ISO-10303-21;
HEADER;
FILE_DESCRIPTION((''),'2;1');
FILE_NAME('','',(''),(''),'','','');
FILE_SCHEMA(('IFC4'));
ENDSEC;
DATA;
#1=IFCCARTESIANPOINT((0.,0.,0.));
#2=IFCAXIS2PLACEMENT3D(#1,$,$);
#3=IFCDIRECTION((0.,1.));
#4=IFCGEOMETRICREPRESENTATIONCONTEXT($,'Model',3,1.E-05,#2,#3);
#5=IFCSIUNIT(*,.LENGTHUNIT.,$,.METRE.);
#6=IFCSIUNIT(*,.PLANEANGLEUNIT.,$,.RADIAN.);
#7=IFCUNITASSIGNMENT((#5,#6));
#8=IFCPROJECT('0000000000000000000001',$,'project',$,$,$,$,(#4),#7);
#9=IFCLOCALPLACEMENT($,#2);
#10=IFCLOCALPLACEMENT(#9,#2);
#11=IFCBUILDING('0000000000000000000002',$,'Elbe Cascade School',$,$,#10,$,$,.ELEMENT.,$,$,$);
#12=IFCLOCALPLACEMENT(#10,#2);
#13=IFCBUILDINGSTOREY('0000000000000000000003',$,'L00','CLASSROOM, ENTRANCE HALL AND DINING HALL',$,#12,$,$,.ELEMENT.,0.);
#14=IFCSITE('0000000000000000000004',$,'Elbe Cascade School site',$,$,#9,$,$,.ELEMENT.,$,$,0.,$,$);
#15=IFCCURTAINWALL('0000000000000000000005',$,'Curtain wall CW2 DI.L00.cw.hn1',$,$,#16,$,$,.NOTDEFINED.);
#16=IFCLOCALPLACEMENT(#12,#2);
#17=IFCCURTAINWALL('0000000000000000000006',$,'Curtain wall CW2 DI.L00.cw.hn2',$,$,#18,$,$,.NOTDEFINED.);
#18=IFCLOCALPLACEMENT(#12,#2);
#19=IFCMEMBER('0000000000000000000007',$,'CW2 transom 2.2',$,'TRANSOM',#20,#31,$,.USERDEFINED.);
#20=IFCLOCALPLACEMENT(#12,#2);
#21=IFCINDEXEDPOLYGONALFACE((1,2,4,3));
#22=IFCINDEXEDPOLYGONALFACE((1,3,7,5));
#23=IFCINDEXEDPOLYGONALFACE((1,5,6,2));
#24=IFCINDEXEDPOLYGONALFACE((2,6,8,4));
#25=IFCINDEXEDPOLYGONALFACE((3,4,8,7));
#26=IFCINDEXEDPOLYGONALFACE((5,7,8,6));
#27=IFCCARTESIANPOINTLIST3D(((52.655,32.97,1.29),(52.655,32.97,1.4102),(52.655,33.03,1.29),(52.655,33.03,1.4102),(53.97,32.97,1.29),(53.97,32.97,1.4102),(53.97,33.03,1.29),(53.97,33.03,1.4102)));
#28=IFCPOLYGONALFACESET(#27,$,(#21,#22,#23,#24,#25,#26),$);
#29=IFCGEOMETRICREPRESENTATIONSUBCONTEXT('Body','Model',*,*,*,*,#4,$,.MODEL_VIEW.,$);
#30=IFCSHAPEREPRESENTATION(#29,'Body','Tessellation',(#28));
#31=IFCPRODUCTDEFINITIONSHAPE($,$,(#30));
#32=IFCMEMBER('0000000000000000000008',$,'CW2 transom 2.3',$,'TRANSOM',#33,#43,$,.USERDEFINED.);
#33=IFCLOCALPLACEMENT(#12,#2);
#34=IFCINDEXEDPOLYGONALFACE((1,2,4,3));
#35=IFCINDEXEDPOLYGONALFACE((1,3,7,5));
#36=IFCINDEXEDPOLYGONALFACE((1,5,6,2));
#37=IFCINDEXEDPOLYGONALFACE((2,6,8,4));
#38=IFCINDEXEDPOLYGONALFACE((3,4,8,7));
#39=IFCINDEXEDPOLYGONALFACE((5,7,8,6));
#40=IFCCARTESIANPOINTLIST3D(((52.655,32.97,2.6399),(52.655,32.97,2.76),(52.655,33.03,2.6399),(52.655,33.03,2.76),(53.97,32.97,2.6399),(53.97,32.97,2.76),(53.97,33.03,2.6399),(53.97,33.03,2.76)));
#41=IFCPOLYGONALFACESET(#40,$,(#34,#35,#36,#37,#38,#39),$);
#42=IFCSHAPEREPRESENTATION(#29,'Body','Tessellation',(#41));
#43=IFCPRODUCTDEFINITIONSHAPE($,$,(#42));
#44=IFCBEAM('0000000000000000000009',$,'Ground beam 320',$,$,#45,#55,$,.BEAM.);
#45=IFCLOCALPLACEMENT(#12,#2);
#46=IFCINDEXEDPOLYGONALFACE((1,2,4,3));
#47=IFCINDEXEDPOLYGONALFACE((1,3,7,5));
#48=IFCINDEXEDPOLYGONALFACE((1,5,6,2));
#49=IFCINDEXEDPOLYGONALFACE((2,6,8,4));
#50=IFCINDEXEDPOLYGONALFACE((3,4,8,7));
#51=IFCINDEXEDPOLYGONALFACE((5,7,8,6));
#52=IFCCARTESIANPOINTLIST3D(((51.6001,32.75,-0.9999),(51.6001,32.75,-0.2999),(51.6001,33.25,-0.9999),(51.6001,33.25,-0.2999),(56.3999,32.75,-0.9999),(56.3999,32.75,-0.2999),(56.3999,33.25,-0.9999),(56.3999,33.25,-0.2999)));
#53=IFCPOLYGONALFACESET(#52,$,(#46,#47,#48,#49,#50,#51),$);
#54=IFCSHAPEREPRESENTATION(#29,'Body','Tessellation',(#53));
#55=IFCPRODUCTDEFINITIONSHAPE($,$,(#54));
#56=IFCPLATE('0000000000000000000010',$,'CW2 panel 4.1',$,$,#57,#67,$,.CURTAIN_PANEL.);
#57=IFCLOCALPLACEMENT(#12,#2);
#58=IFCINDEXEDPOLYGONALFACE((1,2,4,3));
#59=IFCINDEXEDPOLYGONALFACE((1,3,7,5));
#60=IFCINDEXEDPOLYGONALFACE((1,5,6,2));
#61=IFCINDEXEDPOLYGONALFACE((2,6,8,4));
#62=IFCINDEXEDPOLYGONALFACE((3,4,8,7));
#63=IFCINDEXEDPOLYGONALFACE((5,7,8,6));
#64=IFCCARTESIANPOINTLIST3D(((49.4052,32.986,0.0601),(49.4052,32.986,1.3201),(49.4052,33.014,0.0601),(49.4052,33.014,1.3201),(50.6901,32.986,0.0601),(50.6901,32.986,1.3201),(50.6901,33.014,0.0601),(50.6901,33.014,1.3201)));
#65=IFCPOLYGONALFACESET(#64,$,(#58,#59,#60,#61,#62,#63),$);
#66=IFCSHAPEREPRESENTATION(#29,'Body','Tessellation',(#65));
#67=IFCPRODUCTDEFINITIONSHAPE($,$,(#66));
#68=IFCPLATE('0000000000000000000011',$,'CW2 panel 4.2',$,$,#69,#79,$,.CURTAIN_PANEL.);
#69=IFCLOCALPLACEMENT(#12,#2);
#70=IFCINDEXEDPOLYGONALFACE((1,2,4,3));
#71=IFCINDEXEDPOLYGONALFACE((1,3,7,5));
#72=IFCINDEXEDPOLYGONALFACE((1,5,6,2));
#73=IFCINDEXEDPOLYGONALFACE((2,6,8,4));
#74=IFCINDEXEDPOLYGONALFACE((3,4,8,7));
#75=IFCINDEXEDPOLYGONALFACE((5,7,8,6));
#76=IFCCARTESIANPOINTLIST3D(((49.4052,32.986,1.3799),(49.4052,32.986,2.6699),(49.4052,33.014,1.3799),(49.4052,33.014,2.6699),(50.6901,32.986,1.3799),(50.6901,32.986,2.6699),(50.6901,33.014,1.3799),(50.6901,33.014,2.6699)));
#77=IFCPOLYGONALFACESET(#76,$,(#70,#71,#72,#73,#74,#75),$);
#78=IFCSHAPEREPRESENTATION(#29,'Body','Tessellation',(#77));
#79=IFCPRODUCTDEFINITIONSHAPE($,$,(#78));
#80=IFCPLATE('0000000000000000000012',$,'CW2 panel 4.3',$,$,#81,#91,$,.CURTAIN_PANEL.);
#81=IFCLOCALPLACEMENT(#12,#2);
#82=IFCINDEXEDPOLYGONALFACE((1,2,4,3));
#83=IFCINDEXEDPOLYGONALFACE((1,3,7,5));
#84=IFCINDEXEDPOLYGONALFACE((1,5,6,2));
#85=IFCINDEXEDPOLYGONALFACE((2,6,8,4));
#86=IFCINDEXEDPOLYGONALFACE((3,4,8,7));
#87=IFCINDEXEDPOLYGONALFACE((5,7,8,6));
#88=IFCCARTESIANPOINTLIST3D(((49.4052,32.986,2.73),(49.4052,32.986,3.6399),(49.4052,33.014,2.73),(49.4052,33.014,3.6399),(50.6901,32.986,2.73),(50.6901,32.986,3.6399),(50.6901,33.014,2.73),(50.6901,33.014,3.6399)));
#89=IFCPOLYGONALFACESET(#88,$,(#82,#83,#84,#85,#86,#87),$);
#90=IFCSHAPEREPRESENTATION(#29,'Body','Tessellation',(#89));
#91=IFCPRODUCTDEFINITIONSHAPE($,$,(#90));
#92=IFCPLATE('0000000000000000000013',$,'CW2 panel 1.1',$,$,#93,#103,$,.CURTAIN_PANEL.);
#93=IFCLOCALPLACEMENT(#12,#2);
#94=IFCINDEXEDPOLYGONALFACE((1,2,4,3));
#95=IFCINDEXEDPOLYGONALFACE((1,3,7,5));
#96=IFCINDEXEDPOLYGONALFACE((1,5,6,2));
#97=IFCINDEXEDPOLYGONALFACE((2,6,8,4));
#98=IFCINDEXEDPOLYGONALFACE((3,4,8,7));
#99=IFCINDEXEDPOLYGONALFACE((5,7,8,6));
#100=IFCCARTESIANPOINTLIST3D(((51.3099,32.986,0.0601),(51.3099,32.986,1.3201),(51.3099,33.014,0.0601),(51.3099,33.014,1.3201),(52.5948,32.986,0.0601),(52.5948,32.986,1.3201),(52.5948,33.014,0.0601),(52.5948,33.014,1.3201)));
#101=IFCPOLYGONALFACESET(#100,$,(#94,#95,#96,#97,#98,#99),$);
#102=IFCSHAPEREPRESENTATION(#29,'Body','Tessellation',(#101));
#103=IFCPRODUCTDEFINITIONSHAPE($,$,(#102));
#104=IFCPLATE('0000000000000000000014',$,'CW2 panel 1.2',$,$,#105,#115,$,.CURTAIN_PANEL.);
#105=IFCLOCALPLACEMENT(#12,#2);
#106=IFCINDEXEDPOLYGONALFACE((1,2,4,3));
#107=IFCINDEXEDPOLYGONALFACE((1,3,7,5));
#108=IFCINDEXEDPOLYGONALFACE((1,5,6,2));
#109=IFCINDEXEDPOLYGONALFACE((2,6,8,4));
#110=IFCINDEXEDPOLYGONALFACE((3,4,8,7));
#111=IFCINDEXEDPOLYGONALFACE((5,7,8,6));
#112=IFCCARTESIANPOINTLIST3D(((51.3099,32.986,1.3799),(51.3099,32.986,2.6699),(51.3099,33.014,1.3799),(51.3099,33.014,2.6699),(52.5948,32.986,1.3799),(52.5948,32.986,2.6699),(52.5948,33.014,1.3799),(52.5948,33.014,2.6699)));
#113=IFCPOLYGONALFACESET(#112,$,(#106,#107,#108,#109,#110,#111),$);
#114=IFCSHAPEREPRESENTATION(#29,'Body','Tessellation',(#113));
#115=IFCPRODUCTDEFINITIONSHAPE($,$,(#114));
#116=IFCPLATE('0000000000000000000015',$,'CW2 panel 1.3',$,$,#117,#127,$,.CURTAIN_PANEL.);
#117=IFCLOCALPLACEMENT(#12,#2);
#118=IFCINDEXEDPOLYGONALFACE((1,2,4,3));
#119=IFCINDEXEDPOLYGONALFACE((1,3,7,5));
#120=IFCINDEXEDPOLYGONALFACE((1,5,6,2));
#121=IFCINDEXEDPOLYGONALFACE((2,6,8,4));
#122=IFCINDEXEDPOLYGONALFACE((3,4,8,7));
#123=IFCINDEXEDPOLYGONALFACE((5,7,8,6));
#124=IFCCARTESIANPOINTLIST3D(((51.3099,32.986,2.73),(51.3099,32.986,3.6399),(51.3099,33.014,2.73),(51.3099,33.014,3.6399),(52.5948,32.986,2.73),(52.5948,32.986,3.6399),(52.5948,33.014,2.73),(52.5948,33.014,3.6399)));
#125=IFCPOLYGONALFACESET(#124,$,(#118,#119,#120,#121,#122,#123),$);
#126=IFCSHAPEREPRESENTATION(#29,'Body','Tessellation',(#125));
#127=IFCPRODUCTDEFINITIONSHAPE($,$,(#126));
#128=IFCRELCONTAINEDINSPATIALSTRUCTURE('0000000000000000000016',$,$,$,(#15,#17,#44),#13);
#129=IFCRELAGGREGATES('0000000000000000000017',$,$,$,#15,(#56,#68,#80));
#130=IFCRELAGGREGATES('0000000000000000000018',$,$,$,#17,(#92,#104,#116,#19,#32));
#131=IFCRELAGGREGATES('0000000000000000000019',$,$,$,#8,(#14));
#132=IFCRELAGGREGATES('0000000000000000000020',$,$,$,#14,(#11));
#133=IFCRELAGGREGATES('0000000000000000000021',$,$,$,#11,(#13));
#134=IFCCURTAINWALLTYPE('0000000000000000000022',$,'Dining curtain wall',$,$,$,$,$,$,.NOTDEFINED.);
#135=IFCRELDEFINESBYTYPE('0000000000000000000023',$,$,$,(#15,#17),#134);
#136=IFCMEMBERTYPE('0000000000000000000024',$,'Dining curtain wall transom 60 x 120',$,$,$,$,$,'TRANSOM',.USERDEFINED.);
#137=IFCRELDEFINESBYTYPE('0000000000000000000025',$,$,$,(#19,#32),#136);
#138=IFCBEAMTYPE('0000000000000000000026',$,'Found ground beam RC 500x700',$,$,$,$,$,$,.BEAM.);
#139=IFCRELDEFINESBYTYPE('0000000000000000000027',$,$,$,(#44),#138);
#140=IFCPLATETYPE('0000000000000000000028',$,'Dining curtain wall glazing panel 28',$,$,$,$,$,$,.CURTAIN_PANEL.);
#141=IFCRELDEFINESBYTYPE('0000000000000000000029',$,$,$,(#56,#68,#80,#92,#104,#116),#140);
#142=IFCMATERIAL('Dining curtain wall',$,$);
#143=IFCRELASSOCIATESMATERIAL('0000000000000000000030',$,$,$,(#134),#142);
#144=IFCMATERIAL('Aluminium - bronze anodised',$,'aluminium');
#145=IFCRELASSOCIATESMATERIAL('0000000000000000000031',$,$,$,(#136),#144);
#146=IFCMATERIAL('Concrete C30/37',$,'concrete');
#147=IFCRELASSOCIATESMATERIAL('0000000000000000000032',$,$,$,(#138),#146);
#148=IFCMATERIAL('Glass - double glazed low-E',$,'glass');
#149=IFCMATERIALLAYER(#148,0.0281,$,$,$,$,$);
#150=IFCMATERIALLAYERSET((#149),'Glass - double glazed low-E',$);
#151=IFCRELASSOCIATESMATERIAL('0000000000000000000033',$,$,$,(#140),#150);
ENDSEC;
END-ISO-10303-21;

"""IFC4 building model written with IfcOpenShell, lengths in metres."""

from ifc_helpers import new_model, si_unit, direction, frame, origin, origin_2d, place, context, subcontext, project, spatial, rectangle, extrude, material, layer, layer_set, material_profile, profile_set, type_object, element, aggregate, save


model = new_model("IFC4")

# Units and contexts
model_context = context("Model", 3, precision=1e-05, world=origin(), true_north=direction((0.0, 1.0)))
body_context = subcontext(model_context, "Body", "Model", "MODEL_VIEW")
ifc_project = project(units=[si_unit("LENGTHUNIT", "METRE"), si_unit("PLANEANGLEUNIT", "RADIAN")], contexts=[model_context])

# Site, building, storey
site_placement = place(None, origin())
site = spatial("IfcSite", under=ifc_project, at=site_placement, Name="Elbe Cascade School site", CompositionType="ELEMENT", RefElevation=0.0)
building_placement = place(site_placement, origin())
building = spatial("IfcBuilding", under=site, at=building_placement, Name="Elbe Cascade School", CompositionType="ELEMENT")
storey_placement = place(building_placement, origin())
storey = spatial("IfcBuildingStorey", under=building, at=storey_placement, Name="L00", Description="CLASSROOM, ENTRANCE HALL AND DINING HALL", CompositionType="ELEMENT", Elevation=0.0)

# Curtain wall
ifc_material_1 = material(Name="Dining curtain wall")
curtain_wall_type = type_object("IfcCurtainWallType", Name="Dining curtain wall", PredefinedType="NOTDEFINED", material=ifc_material_1)
curtain_wall_1_placement = place(storey_placement, origin())
curtain_wall_1 = element("IfcCurtainWall", 1, at=curtain_wall_1_placement, inside=storey, type_object=curtain_wall_type, Name="Curtain wall CW2 DI.L00.cw.hn1", PredefinedType="NOTDEFINED")

# Curtain wall
curtain_wall_2_placement = place(storey_placement, origin())
curtain_wall_2 = element("IfcCurtainWall", 2, at=curtain_wall_2_placement, inside=storey, type_object=curtain_wall_type, Name="Curtain wall CW2 DI.L00.cw.hn2", PredefinedType="NOTDEFINED")

# Members
ifc_material_2 = material(Name="Aluminium - bronze anodised", Category="aluminium")
ifc_material_profile_1 = material_profile(ifc_material_2, rectangle(XDim=0.0601, YDim=0.1201, at=origin_2d()), Name="RECT 60x120")
ifc_profile_set_1 = profile_set([ifc_material_profile_1], Name="Aluminium - bronze anodised")
member_type_1 = type_object("IfcMemberType", Name="Dining curtain wall transom 60 x 120", ElementType="TRANSOM", PredefinedType="USERDEFINED", material=ifc_profile_set_1)
member_1_placement = place(storey_placement, frame((52.655, 33.0, 1.3501), z_axis=(1.0, 0.0, 0.0), x_axis=(0.0, 1.0, 0.0)))
member_1 = element("IfcMember", 3, at=member_1_placement, type_object=member_type_1, Name="CW2 transom 2.2", ObjectType="TRANSOM", PredefinedType="USERDEFINED", context=body_context, shape_type="SweptSolid", body=[
    extrude(rectangle(XDim=0.0601, YDim=0.1201, at=origin_2d()), origin(), (0.0, 0.0, 1.0), 1.3149),
])
member_2_placement = place(storey_placement, frame((52.655, 33.0, 2.7), z_axis=(1.0, 0.0, 0.0), x_axis=(0.0, 1.0, 0.0)))
member_2 = element("IfcMember", 4, at=member_2_placement, type_object=member_type_1, Name="CW2 transom 2.3", ObjectType="TRANSOM", PredefinedType="USERDEFINED", context=body_context, shape_type="SweptSolid", body=[
    extrude(rectangle(XDim=0.0601, YDim=0.1201, at=origin_2d()), origin(), (0.0, 0.0, 1.0), 1.3149),
])

# Beam
ifc_material_3 = material(Name="Concrete C30/37", Category="concrete")
ifc_material_profile_2 = material_profile(ifc_material_3, rectangle(XDim=0.5, YDim=0.7, at=origin_2d()), Name="RC 500x700")
ifc_profile_set_2 = profile_set([ifc_material_profile_2], Name="Concrete C30/37")
beam_type_1 = type_object("IfcBeamType", Name="Found ground beam RC 500x700", PredefinedType="BEAM", material=ifc_profile_set_2)
beam_1_placement = place(storey_placement, frame((51.6001, 33.0, -0.6499), z_axis=(1.0, 0.0, 0.0), x_axis=(0.0, 1.0, 0.0)))
element("IfcBeam", 5, at=beam_1_placement, inside=storey, type_object=beam_type_1, Name="Ground beam 320", PredefinedType="BEAM", context=body_context, shape_type="SweptSolid", body=[
    extrude(rectangle(XDim=0.5, YDim=0.7, at=origin_2d()), origin(), (0.0, 0.0, 1.0), 4.7998),
])

# Plates
ifc_material_4 = material(Name="Glass - double glazed low-E", Category="glass")
ifc_layer = layer(ifc_material_4, 0.0281)
ifc_layer_set = layer_set([ifc_layer], Name="Glass - double glazed low-E")
plate_type = type_object("IfcPlateType", Name="Dining curtain wall glazing panel 28", PredefinedType="CURTAIN_PANEL", material=ifc_layer_set)
plate_1_placement = place(storey_placement, frame((50.0476, 33.0, 0.0601), z_axis=(0.0, 0.0, 1.0), x_axis=(1.0, 0.0, 0.0)))
plate_1 = element("IfcPlate", 6, at=plate_1_placement, type_object=plate_type, Name="CW2 panel 4.1", PredefinedType="CURTAIN_PANEL", context=body_context, shape_type="SweptSolid", body=[
    extrude(rectangle(XDim=1.2849, YDim=0.0281, at=origin_2d()), origin(), (0.0, 0.0, 1.0), 1.26),
])
plate_2_placement = place(storey_placement, frame((50.0476, 33.0, 1.3799), z_axis=(0.0, 0.0, 1.0), x_axis=(1.0, 0.0, 0.0)))
plate_2 = element("IfcPlate", 7, at=plate_2_placement, type_object=plate_type, Name="CW2 panel 4.2", PredefinedType="CURTAIN_PANEL", context=body_context, shape_type="SweptSolid", body=[
    extrude(rectangle(XDim=1.2849, YDim=0.0281, at=origin_2d()), origin(), (0.0, 0.0, 1.0), 1.29),
])
plate_3_placement = place(storey_placement, frame((50.0476, 33.0, 2.73), z_axis=(0.0, 0.0, 1.0), x_axis=(1.0, 0.0, 0.0)))
plate_3 = element("IfcPlate", 8, at=plate_3_placement, type_object=plate_type, Name="CW2 panel 4.3", PredefinedType="CURTAIN_PANEL", context=body_context, shape_type="SweptSolid", body=[
    extrude(rectangle(XDim=1.2849, YDim=0.0281, at=origin_2d()), origin(), (0.0, 0.0, 1.0), 0.9099),
])
aggregate(curtain_wall_1, [plate_1, plate_2, plate_3])
plate_4_placement = place(storey_placement, frame((51.9524, 33.0, 0.0601), z_axis=(0.0, 0.0, 1.0), x_axis=(1.0, 0.0, 0.0)))
plate_4 = element("IfcPlate", 9, at=plate_4_placement, type_object=plate_type, Name="CW2 panel 1.1", PredefinedType="CURTAIN_PANEL", context=body_context, shape_type="SweptSolid", body=[
    extrude(rectangle(XDim=1.2849, YDim=0.0281, at=origin_2d()), origin(), (0.0, 0.0, 1.0), 1.26),
])
plate_5_placement = place(storey_placement, frame((51.9524, 33.0, 1.3799), z_axis=(0.0, 0.0, 1.0), x_axis=(1.0, 0.0, 0.0)))
plate_5 = element("IfcPlate", 10, at=plate_5_placement, type_object=plate_type, Name="CW2 panel 1.2", PredefinedType="CURTAIN_PANEL", context=body_context, shape_type="SweptSolid", body=[
    extrude(rectangle(XDim=1.2849, YDim=0.0281, at=origin_2d()), origin(), (0.0, 0.0, 1.0), 1.29),
])
plate_6_placement = place(storey_placement, frame((51.9524, 33.0, 2.73), z_axis=(0.0, 0.0, 1.0), x_axis=(1.0, 0.0, 0.0)))
plate_6 = element("IfcPlate", 11, at=plate_6_placement, type_object=plate_type, Name="CW2 panel 1.3", PredefinedType="CURTAIN_PANEL", context=body_context, shape_type="SweptSolid", body=[
    extrude(rectangle(XDim=1.2849, YDim=0.0281, at=origin_2d()), origin(), (0.0, 0.0, 1.0), 0.9099),
])
aggregate(curtain_wall_2, [plate_4, plate_5, plate_6, member_1, member_2])

save(model, "model.ifc")
